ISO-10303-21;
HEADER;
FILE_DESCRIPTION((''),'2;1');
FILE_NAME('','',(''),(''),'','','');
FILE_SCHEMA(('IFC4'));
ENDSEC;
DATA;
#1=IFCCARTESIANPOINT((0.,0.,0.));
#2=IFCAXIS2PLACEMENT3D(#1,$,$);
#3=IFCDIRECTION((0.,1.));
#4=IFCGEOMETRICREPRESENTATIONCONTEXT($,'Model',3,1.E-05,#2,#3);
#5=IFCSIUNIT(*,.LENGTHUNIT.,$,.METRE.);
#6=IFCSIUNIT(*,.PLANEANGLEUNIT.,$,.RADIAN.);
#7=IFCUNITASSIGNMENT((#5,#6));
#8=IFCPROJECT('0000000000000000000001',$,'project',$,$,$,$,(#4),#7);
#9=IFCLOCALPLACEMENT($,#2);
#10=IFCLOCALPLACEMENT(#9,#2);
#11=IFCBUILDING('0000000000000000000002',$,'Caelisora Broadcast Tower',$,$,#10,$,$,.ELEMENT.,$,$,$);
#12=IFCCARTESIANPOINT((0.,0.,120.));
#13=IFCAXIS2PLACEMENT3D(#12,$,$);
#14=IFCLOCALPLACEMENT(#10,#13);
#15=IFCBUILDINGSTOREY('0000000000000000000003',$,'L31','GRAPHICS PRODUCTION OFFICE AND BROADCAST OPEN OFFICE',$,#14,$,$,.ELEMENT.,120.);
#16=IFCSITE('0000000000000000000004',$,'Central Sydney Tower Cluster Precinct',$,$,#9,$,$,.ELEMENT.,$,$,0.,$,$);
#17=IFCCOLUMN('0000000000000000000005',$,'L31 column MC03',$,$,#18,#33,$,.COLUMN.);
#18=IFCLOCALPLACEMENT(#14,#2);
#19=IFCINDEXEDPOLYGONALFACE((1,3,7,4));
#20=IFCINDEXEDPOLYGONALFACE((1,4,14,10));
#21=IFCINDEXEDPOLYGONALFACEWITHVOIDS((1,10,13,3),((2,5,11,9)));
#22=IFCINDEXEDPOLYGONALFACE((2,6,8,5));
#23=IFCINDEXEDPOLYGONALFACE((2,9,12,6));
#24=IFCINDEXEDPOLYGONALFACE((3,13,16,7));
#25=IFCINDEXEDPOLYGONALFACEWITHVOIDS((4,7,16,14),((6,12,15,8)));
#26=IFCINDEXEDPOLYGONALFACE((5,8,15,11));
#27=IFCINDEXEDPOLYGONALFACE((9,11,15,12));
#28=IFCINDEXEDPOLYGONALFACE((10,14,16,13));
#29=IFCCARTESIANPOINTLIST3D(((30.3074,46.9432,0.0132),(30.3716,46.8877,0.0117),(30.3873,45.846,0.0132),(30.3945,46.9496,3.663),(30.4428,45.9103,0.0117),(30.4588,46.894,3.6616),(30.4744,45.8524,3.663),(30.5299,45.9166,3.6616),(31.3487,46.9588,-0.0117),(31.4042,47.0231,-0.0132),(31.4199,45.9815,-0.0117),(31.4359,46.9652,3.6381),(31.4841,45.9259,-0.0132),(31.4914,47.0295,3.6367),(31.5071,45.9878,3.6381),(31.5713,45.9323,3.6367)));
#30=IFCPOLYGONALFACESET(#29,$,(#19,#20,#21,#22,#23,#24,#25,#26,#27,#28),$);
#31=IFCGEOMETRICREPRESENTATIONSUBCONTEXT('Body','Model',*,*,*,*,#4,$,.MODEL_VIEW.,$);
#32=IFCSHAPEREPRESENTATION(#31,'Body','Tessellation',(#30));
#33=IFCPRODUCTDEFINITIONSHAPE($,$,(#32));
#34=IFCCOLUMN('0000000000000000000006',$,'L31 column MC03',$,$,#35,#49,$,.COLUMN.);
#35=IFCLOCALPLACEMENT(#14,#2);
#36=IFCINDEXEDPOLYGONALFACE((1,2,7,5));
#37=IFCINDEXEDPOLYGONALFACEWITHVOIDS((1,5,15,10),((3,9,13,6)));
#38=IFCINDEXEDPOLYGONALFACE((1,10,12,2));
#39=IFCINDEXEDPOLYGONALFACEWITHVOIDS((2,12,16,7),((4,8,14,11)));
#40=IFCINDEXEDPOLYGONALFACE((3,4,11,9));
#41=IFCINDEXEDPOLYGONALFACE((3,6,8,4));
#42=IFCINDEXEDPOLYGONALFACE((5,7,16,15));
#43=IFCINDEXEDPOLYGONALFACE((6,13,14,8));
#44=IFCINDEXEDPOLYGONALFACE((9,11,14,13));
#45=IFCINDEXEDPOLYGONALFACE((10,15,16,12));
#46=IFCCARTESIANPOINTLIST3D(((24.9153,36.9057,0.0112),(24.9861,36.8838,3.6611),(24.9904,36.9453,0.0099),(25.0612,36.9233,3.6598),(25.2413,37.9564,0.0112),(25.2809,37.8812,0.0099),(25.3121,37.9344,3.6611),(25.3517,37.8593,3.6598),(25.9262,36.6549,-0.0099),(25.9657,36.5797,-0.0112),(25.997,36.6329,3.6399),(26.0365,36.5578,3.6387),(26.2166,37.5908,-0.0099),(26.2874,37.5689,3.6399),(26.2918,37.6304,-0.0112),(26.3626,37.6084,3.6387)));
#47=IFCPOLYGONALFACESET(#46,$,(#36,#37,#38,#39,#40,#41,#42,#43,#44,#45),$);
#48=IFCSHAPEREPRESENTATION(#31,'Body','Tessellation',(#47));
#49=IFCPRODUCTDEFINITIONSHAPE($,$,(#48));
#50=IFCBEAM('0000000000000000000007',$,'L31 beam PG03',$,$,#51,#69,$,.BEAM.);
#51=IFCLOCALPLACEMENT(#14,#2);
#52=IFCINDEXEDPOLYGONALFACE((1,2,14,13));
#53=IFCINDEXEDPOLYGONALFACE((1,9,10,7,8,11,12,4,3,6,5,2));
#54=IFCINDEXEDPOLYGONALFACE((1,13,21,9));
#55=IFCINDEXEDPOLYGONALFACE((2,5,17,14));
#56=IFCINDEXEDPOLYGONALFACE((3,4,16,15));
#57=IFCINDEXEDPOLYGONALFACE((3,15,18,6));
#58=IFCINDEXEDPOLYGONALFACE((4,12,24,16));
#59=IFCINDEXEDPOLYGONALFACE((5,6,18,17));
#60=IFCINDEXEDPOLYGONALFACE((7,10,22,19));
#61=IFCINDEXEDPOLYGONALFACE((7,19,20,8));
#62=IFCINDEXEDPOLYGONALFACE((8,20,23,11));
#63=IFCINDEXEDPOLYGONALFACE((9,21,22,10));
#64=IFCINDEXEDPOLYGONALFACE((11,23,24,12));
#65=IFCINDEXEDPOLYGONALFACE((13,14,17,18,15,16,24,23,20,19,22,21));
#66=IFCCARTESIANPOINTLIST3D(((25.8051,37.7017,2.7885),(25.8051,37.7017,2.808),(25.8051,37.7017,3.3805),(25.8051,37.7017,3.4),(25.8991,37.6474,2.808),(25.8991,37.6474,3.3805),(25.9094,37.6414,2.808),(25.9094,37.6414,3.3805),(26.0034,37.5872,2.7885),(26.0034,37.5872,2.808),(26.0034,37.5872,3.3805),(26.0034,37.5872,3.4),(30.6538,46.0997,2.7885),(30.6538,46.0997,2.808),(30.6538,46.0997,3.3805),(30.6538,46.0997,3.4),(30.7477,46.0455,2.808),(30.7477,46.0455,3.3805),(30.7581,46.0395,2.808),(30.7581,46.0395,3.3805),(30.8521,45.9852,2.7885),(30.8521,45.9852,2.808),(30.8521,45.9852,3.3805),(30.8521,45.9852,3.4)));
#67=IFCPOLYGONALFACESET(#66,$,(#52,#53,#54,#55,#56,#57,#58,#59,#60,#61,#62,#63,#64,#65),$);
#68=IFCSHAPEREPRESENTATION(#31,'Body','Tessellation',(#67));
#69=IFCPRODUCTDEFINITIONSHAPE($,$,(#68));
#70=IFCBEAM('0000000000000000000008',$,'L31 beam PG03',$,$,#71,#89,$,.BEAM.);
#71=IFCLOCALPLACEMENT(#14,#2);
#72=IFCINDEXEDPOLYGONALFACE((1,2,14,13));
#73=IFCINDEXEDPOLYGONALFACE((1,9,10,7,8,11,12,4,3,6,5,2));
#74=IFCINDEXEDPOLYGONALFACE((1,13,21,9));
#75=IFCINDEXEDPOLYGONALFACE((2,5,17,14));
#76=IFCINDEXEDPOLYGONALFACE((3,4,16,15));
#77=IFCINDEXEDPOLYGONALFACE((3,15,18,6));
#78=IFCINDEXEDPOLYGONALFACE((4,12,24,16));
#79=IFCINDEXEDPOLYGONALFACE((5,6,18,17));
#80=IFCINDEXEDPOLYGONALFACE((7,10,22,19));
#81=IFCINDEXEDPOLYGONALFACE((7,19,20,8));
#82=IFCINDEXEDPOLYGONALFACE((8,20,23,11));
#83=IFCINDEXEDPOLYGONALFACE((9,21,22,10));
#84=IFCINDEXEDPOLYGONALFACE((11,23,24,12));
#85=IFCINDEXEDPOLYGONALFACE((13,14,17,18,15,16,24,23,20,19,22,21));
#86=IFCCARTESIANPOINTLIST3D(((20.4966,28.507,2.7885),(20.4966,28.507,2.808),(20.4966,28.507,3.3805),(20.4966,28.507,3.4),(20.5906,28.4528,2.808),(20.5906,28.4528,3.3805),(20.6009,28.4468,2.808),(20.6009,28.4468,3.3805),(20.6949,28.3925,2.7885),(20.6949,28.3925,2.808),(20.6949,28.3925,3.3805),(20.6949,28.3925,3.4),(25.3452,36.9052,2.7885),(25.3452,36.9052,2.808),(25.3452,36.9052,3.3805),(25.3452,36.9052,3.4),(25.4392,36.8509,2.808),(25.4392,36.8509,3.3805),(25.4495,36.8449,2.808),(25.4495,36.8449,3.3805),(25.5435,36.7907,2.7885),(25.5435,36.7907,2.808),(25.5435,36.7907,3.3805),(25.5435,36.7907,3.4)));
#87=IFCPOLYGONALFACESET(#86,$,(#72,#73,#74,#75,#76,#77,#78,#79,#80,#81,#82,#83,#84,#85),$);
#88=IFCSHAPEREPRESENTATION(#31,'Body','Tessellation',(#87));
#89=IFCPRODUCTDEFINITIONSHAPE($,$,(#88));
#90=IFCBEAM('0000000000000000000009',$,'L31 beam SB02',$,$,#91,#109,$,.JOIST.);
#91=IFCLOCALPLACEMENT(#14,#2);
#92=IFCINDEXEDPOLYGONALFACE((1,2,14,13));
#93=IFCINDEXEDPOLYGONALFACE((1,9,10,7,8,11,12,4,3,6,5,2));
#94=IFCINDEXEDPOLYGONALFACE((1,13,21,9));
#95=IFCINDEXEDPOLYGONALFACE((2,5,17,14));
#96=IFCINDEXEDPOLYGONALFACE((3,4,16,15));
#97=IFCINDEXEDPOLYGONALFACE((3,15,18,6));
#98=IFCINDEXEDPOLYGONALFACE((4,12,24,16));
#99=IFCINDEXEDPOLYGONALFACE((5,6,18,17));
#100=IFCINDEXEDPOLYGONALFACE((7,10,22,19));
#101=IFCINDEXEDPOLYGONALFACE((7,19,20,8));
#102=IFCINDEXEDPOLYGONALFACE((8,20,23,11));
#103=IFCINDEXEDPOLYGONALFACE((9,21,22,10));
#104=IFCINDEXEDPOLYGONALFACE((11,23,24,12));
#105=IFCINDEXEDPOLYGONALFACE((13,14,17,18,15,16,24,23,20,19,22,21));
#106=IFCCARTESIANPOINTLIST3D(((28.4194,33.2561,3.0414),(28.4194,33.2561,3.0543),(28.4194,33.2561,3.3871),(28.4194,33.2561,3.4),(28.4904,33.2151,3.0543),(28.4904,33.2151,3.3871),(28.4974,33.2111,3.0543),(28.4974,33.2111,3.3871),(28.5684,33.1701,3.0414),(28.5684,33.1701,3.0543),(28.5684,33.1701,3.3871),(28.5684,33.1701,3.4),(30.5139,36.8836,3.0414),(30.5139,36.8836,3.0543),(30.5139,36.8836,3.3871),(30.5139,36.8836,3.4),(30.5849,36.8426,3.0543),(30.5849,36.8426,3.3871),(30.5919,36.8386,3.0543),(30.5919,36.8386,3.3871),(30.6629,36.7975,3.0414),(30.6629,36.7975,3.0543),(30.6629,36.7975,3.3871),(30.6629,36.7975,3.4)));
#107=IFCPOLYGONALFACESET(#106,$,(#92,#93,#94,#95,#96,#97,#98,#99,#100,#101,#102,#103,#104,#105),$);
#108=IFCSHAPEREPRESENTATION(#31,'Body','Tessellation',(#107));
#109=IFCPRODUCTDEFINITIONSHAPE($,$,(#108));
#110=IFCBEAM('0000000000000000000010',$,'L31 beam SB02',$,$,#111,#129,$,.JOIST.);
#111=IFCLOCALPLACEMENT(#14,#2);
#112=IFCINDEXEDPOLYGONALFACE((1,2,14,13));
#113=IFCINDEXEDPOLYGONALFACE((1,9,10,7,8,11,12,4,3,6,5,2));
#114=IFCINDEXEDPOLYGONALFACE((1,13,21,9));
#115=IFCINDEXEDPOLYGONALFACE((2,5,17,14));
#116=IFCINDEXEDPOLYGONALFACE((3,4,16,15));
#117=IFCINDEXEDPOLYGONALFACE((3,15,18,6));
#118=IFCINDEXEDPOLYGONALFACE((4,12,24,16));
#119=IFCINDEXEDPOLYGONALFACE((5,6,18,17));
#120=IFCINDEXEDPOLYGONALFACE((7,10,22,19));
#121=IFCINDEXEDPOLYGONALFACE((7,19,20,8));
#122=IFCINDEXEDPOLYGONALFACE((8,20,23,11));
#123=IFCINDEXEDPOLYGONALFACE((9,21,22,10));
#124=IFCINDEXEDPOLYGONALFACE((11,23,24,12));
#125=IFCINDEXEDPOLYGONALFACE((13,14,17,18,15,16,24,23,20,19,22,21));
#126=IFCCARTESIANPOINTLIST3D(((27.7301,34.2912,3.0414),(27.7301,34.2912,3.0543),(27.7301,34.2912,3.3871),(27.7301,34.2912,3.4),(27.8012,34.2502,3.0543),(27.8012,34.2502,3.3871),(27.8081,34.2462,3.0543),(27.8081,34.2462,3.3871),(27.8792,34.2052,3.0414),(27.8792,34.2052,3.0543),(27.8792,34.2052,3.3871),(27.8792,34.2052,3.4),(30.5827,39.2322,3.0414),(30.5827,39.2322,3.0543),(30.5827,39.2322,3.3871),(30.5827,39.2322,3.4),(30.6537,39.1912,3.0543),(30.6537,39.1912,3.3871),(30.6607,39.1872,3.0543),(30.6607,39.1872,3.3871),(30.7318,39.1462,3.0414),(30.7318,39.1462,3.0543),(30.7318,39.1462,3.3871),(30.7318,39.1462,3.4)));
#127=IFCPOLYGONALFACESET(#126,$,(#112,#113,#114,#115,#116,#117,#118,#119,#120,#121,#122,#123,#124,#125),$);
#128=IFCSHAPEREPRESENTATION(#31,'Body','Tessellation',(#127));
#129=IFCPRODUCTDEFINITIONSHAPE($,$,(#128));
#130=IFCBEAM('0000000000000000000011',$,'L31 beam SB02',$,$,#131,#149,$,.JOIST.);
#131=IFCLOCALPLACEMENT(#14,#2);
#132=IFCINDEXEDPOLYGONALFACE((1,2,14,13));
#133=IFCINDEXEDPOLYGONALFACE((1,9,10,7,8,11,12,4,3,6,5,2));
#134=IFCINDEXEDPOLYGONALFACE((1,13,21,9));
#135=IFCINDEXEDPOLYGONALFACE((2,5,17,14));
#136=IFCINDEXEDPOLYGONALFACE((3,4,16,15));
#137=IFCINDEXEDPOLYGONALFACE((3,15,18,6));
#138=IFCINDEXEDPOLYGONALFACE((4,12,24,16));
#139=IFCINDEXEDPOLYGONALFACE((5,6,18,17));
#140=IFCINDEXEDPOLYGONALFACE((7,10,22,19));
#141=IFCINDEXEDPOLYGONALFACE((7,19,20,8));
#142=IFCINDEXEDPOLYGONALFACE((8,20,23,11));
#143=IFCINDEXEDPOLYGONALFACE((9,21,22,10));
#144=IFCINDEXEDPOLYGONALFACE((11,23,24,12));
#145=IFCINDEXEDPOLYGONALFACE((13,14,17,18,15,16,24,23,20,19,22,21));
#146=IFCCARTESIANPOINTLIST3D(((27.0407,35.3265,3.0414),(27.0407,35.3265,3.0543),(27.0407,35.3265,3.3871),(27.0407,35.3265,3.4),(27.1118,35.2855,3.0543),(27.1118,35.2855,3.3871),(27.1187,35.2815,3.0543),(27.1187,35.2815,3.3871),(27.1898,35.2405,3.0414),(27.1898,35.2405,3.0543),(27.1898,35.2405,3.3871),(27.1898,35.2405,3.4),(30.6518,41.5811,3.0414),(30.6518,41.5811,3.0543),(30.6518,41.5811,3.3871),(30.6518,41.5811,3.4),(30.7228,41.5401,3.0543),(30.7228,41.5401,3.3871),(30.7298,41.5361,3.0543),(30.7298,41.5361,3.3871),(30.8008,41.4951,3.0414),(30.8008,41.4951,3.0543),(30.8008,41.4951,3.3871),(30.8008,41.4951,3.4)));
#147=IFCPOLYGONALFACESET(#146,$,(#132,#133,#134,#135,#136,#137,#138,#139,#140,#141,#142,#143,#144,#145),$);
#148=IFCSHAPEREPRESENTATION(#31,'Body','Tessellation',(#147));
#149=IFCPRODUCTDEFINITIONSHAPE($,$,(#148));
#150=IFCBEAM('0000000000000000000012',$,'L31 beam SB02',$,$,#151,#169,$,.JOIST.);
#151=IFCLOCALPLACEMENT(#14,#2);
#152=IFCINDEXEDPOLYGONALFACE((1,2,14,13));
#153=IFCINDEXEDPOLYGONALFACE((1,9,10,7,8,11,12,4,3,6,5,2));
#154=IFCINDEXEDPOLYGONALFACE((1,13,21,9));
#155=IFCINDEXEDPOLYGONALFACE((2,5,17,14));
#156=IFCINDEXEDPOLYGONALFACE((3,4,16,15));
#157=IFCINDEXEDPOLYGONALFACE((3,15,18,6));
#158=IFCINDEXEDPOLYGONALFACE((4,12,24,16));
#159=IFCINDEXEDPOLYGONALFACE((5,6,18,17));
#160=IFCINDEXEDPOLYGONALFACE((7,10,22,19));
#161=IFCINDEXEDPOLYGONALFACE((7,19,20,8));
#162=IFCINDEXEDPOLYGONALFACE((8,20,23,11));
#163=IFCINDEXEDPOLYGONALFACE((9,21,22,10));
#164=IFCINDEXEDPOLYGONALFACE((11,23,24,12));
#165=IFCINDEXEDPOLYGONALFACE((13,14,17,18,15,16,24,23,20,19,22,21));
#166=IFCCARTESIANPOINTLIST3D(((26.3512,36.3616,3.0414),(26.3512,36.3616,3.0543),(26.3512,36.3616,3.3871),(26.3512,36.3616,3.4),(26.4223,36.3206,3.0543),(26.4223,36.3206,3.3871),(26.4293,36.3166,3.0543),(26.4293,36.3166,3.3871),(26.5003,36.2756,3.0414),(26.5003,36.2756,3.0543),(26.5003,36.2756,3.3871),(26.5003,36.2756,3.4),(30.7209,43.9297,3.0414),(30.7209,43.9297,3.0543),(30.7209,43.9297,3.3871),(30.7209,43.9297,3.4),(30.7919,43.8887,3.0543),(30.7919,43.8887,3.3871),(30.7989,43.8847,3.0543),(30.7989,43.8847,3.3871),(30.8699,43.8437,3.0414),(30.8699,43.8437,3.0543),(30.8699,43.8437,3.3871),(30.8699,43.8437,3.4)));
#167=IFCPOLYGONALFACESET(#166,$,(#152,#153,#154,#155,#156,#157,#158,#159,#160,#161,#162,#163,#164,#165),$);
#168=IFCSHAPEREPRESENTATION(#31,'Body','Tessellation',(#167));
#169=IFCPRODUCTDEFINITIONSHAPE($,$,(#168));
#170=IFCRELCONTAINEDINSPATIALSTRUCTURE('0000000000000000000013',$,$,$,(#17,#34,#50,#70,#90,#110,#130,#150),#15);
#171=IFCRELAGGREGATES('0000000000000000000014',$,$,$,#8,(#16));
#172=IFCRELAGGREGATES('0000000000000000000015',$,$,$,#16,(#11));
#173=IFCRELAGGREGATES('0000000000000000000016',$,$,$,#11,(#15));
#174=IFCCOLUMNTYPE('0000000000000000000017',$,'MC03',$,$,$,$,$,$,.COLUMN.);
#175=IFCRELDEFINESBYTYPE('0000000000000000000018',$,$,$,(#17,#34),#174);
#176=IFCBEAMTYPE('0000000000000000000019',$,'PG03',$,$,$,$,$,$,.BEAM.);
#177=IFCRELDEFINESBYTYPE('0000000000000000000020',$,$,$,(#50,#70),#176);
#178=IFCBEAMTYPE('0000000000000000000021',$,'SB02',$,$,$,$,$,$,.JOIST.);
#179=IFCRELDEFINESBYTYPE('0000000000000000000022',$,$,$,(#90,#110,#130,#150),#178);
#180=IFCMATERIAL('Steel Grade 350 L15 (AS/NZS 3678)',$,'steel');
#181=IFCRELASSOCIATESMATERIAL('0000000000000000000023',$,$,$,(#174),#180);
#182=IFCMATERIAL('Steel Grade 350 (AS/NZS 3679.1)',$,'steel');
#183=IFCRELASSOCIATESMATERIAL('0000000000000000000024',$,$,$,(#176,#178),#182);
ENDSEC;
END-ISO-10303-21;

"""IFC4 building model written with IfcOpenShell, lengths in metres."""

from ifc_helpers import new_model, si_unit, direction, frame, origin, origin_2d, place, context, subcontext, project, spatial, hollow_rectangle, i_section, extrude, source, transform, mapped, material, material_profile, profile_set, type_object, type_shapes, element, save


model = new_model("IFC4")

# Units and contexts
model_context = context("Model", 3, precision=1e-05, world=origin(), true_north=direction((0.0, 1.0)))
body_context = subcontext(model_context, "Body", "Model", "MODEL_VIEW")
ifc_project = project(units=[si_unit("LENGTHUNIT", "METRE"), si_unit("PLANEANGLEUNIT", "RADIAN")], contexts=[model_context])

# Site, building, storey
site_placement = place(None, origin())
site = spatial("IfcSite", under=ifc_project, at=site_placement, Name="Central Sydney Tower Cluster Precinct", CompositionType="ELEMENT", RefElevation=0.0)
building_placement = place(site_placement, origin())
building = spatial("IfcBuilding", under=site, at=building_placement, Name="Caelisora Broadcast Tower", CompositionType="ELEMENT")
storey_placement = place(building_placement, frame((0.0, 0.0, 120.0)))
storey = spatial("IfcBuildingStorey", under=building, at=storey_placement, Name="L31", Description="GRAPHICS PRODUCTION OFFICE AND BROADCAST OPEN OFFICE", CompositionType="ELEMENT", Elevation=120.0)

# Columns
ifc_material_1 = material(Name="Steel Grade 350 L15 (AS/NZS 3678)", Category="steel")
ifc_material_profile_1 = material_profile(ifc_material_1, hollow_rectangle(XDim=1.1001, YDim=1.1001, WallThickness=0.0601, at=origin_2d()), Name="Steel Grade 350 L15 (AS/NZS 3678)")
ifc_profile_set_1 = profile_set([ifc_material_profile_1], Name="Steel Grade 350 L15 (AS/NZS 3678)")
column_type = type_object("IfcColumnType", Name="MC03", PredefinedType="COLUMN", material=ifc_profile_set_1)
shared_shape_1 = source(origin(), body_context, "Body", "SweptSolid", [
    extrude(hollow_rectangle(XDim=1.1001, YDim=1.1001, WallThickness=0.0601, at=origin_2d()), origin(), (0.0, 0.0, 1.0), 3.6509),
])
column_1_placement = place(storey_placement, frame((30.8958, 46.4346, 0.0), z_axis=(0.023873, 0.001739, 0.999713), x_axis=(-0.072637, 0.997358, 0.0)))
element("IfcColumn", 1, at=column_1_placement, inside=storey, type_object=column_type, Name="L31 column MC03", PredefinedType="COLUMN", context=body_context, shape_type="MappedRepresentation", body=[
    mapped(shared_shape_1, transform((0.0, 0.0, 0.0), scale=1.0)),
])
shared_shape_2 = source(origin(), body_context, "Body", "SweptSolid", [
    extrude(hollow_rectangle(XDim=1.1001, YDim=1.1001, WallThickness=0.0601, at=origin_2d()), origin(), (0.0, 0.0, 1.0), 3.6506),
])
type_shapes(column_type, [shared_shape_1, shared_shape_2])
column_2_placement = place(storey_placement, frame((25.6035, 37.2681, 0.0), z_axis=(0.019394, -0.006019, 0.999794), x_axis=(0.296399, 0.955064, 0.0)))
element("IfcColumn", 2, at=column_2_placement, inside=storey, type_object=column_type, Name="L31 column MC03", PredefinedType="COLUMN", context=body_context, shape_type="MappedRepresentation", body=[
    mapped(shared_shape_2, transform((0.0, 0.0, 0.0), scale=1.0)),
])

# Beams
ifc_material_2 = material(Name="Steel Grade 350 (AS/NZS 3679.1)", Category="steel")
ifc_material_profile_2 = material_profile(ifc_material_2, i_section(OverallWidth=0.229, OverallDepth=0.6116, WebThickness=0.012, FlangeThickness=0.0195, at=origin_2d()), Name="Steel Grade 350 (AS/NZS 3679.1)")
ifc_profile_set_2 = profile_set([ifc_material_profile_2], Name="Steel Grade 350 (AS/NZS 3679.1)")
beam_type_1 = type_object("IfcBeamType", Name="PG03", PredefinedType="BEAM", material=ifc_profile_set_2)
shared_shape_3 = source(origin(), body_context, "Body", "SweptSolid", [
    extrude(i_section(OverallWidth=0.229, OverallDepth=0.6116, WebThickness=0.012, FlangeThickness=0.0195, at=origin_2d()), origin(), (0.0, 0.0, 1.0), 9.6973),
])
type_shapes(beam_type_1, [shared_shape_3])
for number, where, z_axis, x_axis, name in (
    (3, (30.7529, 46.0425, 3.0942), (-0.500006, -0.866022, 0.0), (0.866022, -0.500006, 0.0), "L31 beam PG03"),
    (4, (25.4443, 36.8479, 3.0942), (-0.499995, -0.866028, 0.0), (0.866028, -0.499995, 0.0), "L31 beam PG03"),
):
    element("IfcBeam", number, at=place(storey_placement, frame(where, z_axis=z_axis, x_axis=x_axis)), inside=storey, type_object=beam_type_1, Name=name, PredefinedType="BEAM", context=body_context, shape_type="MappedRepresentation", body=[
        mapped(shared_shape_3, transform((0.0, 0.0, 0.0), scale=1.0)),
    ])
ifc_material_profile_3 = material_profile(ifc_material_2, i_section(OverallWidth=0.1721, OverallDepth=0.3586, WebThickness=0.0081, FlangeThickness=0.0129, at=origin_2d()), Name="Steel Grade 350 (AS/NZS 3679.1)")
ifc_profile_set_3 = profile_set([ifc_material_profile_3], Name="Steel Grade 350 (AS/NZS 3679.1)")
beam_type_2 = type_object("IfcBeamType", Name="SB02", PredefinedType="JOIST", material=ifc_profile_set_3)
shared_shape_4 = source(origin(), body_context, "Body", "SweptSolid", [
    extrude(i_section(OverallWidth=0.1721, OverallDepth=0.3586, WebThickness=0.0081, FlangeThickness=0.0129, at=origin_2d()), origin(), (0.0, 0.0, 1.0), 4.1887),
])
beam_1_placement = place(storey_placement, frame((30.5884, 36.8406, 3.2207), z_axis=(-0.500032, -0.866007, 0.0), x_axis=(0.866007, -0.500032, 0.0)))
element("IfcBeam", 5, at=beam_1_placement, inside=storey, type_object=beam_type_2, Name="L31 beam SB02", PredefinedType="JOIST", context=body_context, shape_type="MappedRepresentation", body=[
    mapped(shared_shape_4, transform((0.0, 0.0, 0.0), scale=1.0)),
])
shared_shape_5 = source(origin(), body_context, "Body", "SweptSolid", [
    extrude(i_section(OverallWidth=0.1721, OverallDepth=0.3586, WebThickness=0.0081, FlangeThickness=0.0129, at=origin_2d()), origin(), (0.0, 0.0, 1.0), 5.7053),
])
beam_2_placement = place(storey_placement, frame((30.6572, 39.1892, 3.2207), z_axis=(-0.499987, -0.866033, 0.0), x_axis=(0.866033, -0.499987, 0.0)))
element("IfcBeam", 6, at=beam_2_placement, inside=storey, type_object=beam_type_2, Name="L31 beam SB02", PredefinedType="JOIST", context=body_context, shape_type="MappedRepresentation", body=[
    mapped(shared_shape_5, transform((0.0, 0.0, 0.0), scale=1.0)),
])
shared_shape_6 = source(origin(), body_context, "Body", "SweptSolid", [
    extrude(i_section(OverallWidth=0.1721, OverallDepth=0.3586, WebThickness=0.0081, FlangeThickness=0.0129, at=origin_2d()), origin(), (0.0, 0.0, 1.0), 7.2222),
])
beam_3_placement = place(storey_placement, frame((30.7263, 41.5381, 3.2207), z_axis=(-0.499997, -0.866027, 0.0), x_axis=(0.866027, -0.499997, 0.0)))
element("IfcBeam", 7, at=beam_3_placement, inside=storey, type_object=beam_type_2, Name="L31 beam SB02", PredefinedType="JOIST", context=body_context, shape_type="MappedRepresentation", body=[
    mapped(shared_shape_6, transform((0.0, 0.0, 0.0), scale=1.0)),
])
shared_shape_7 = source(origin(), body_context, "Body", "SweptSolid", [
    extrude(i_section(OverallWidth=0.1721, OverallDepth=0.3586, WebThickness=0.0081, FlangeThickness=0.0129, at=origin_2d()), origin(), (0.0, 0.0, 1.0), 8.739),
])
type_shapes(beam_type_2, [shared_shape_4, shared_shape_5, shared_shape_6, shared_shape_7])
beam_4_placement = place(storey_placement, frame((30.7954, 43.8867, 3.2207), z_axis=(-0.500015, -0.866017, 0.0), x_axis=(0.866017, -0.500015, 0.0)))
element("IfcBeam", 8, at=beam_4_placement, inside=storey, type_object=beam_type_2, Name="L31 beam SB02", PredefinedType="JOIST", context=body_context, shape_type="MappedRepresentation", body=[
    mapped(shared_shape_7, transform((0.0, 0.0, 0.0), scale=1.0)),
])

save(model, "model.ifc")
